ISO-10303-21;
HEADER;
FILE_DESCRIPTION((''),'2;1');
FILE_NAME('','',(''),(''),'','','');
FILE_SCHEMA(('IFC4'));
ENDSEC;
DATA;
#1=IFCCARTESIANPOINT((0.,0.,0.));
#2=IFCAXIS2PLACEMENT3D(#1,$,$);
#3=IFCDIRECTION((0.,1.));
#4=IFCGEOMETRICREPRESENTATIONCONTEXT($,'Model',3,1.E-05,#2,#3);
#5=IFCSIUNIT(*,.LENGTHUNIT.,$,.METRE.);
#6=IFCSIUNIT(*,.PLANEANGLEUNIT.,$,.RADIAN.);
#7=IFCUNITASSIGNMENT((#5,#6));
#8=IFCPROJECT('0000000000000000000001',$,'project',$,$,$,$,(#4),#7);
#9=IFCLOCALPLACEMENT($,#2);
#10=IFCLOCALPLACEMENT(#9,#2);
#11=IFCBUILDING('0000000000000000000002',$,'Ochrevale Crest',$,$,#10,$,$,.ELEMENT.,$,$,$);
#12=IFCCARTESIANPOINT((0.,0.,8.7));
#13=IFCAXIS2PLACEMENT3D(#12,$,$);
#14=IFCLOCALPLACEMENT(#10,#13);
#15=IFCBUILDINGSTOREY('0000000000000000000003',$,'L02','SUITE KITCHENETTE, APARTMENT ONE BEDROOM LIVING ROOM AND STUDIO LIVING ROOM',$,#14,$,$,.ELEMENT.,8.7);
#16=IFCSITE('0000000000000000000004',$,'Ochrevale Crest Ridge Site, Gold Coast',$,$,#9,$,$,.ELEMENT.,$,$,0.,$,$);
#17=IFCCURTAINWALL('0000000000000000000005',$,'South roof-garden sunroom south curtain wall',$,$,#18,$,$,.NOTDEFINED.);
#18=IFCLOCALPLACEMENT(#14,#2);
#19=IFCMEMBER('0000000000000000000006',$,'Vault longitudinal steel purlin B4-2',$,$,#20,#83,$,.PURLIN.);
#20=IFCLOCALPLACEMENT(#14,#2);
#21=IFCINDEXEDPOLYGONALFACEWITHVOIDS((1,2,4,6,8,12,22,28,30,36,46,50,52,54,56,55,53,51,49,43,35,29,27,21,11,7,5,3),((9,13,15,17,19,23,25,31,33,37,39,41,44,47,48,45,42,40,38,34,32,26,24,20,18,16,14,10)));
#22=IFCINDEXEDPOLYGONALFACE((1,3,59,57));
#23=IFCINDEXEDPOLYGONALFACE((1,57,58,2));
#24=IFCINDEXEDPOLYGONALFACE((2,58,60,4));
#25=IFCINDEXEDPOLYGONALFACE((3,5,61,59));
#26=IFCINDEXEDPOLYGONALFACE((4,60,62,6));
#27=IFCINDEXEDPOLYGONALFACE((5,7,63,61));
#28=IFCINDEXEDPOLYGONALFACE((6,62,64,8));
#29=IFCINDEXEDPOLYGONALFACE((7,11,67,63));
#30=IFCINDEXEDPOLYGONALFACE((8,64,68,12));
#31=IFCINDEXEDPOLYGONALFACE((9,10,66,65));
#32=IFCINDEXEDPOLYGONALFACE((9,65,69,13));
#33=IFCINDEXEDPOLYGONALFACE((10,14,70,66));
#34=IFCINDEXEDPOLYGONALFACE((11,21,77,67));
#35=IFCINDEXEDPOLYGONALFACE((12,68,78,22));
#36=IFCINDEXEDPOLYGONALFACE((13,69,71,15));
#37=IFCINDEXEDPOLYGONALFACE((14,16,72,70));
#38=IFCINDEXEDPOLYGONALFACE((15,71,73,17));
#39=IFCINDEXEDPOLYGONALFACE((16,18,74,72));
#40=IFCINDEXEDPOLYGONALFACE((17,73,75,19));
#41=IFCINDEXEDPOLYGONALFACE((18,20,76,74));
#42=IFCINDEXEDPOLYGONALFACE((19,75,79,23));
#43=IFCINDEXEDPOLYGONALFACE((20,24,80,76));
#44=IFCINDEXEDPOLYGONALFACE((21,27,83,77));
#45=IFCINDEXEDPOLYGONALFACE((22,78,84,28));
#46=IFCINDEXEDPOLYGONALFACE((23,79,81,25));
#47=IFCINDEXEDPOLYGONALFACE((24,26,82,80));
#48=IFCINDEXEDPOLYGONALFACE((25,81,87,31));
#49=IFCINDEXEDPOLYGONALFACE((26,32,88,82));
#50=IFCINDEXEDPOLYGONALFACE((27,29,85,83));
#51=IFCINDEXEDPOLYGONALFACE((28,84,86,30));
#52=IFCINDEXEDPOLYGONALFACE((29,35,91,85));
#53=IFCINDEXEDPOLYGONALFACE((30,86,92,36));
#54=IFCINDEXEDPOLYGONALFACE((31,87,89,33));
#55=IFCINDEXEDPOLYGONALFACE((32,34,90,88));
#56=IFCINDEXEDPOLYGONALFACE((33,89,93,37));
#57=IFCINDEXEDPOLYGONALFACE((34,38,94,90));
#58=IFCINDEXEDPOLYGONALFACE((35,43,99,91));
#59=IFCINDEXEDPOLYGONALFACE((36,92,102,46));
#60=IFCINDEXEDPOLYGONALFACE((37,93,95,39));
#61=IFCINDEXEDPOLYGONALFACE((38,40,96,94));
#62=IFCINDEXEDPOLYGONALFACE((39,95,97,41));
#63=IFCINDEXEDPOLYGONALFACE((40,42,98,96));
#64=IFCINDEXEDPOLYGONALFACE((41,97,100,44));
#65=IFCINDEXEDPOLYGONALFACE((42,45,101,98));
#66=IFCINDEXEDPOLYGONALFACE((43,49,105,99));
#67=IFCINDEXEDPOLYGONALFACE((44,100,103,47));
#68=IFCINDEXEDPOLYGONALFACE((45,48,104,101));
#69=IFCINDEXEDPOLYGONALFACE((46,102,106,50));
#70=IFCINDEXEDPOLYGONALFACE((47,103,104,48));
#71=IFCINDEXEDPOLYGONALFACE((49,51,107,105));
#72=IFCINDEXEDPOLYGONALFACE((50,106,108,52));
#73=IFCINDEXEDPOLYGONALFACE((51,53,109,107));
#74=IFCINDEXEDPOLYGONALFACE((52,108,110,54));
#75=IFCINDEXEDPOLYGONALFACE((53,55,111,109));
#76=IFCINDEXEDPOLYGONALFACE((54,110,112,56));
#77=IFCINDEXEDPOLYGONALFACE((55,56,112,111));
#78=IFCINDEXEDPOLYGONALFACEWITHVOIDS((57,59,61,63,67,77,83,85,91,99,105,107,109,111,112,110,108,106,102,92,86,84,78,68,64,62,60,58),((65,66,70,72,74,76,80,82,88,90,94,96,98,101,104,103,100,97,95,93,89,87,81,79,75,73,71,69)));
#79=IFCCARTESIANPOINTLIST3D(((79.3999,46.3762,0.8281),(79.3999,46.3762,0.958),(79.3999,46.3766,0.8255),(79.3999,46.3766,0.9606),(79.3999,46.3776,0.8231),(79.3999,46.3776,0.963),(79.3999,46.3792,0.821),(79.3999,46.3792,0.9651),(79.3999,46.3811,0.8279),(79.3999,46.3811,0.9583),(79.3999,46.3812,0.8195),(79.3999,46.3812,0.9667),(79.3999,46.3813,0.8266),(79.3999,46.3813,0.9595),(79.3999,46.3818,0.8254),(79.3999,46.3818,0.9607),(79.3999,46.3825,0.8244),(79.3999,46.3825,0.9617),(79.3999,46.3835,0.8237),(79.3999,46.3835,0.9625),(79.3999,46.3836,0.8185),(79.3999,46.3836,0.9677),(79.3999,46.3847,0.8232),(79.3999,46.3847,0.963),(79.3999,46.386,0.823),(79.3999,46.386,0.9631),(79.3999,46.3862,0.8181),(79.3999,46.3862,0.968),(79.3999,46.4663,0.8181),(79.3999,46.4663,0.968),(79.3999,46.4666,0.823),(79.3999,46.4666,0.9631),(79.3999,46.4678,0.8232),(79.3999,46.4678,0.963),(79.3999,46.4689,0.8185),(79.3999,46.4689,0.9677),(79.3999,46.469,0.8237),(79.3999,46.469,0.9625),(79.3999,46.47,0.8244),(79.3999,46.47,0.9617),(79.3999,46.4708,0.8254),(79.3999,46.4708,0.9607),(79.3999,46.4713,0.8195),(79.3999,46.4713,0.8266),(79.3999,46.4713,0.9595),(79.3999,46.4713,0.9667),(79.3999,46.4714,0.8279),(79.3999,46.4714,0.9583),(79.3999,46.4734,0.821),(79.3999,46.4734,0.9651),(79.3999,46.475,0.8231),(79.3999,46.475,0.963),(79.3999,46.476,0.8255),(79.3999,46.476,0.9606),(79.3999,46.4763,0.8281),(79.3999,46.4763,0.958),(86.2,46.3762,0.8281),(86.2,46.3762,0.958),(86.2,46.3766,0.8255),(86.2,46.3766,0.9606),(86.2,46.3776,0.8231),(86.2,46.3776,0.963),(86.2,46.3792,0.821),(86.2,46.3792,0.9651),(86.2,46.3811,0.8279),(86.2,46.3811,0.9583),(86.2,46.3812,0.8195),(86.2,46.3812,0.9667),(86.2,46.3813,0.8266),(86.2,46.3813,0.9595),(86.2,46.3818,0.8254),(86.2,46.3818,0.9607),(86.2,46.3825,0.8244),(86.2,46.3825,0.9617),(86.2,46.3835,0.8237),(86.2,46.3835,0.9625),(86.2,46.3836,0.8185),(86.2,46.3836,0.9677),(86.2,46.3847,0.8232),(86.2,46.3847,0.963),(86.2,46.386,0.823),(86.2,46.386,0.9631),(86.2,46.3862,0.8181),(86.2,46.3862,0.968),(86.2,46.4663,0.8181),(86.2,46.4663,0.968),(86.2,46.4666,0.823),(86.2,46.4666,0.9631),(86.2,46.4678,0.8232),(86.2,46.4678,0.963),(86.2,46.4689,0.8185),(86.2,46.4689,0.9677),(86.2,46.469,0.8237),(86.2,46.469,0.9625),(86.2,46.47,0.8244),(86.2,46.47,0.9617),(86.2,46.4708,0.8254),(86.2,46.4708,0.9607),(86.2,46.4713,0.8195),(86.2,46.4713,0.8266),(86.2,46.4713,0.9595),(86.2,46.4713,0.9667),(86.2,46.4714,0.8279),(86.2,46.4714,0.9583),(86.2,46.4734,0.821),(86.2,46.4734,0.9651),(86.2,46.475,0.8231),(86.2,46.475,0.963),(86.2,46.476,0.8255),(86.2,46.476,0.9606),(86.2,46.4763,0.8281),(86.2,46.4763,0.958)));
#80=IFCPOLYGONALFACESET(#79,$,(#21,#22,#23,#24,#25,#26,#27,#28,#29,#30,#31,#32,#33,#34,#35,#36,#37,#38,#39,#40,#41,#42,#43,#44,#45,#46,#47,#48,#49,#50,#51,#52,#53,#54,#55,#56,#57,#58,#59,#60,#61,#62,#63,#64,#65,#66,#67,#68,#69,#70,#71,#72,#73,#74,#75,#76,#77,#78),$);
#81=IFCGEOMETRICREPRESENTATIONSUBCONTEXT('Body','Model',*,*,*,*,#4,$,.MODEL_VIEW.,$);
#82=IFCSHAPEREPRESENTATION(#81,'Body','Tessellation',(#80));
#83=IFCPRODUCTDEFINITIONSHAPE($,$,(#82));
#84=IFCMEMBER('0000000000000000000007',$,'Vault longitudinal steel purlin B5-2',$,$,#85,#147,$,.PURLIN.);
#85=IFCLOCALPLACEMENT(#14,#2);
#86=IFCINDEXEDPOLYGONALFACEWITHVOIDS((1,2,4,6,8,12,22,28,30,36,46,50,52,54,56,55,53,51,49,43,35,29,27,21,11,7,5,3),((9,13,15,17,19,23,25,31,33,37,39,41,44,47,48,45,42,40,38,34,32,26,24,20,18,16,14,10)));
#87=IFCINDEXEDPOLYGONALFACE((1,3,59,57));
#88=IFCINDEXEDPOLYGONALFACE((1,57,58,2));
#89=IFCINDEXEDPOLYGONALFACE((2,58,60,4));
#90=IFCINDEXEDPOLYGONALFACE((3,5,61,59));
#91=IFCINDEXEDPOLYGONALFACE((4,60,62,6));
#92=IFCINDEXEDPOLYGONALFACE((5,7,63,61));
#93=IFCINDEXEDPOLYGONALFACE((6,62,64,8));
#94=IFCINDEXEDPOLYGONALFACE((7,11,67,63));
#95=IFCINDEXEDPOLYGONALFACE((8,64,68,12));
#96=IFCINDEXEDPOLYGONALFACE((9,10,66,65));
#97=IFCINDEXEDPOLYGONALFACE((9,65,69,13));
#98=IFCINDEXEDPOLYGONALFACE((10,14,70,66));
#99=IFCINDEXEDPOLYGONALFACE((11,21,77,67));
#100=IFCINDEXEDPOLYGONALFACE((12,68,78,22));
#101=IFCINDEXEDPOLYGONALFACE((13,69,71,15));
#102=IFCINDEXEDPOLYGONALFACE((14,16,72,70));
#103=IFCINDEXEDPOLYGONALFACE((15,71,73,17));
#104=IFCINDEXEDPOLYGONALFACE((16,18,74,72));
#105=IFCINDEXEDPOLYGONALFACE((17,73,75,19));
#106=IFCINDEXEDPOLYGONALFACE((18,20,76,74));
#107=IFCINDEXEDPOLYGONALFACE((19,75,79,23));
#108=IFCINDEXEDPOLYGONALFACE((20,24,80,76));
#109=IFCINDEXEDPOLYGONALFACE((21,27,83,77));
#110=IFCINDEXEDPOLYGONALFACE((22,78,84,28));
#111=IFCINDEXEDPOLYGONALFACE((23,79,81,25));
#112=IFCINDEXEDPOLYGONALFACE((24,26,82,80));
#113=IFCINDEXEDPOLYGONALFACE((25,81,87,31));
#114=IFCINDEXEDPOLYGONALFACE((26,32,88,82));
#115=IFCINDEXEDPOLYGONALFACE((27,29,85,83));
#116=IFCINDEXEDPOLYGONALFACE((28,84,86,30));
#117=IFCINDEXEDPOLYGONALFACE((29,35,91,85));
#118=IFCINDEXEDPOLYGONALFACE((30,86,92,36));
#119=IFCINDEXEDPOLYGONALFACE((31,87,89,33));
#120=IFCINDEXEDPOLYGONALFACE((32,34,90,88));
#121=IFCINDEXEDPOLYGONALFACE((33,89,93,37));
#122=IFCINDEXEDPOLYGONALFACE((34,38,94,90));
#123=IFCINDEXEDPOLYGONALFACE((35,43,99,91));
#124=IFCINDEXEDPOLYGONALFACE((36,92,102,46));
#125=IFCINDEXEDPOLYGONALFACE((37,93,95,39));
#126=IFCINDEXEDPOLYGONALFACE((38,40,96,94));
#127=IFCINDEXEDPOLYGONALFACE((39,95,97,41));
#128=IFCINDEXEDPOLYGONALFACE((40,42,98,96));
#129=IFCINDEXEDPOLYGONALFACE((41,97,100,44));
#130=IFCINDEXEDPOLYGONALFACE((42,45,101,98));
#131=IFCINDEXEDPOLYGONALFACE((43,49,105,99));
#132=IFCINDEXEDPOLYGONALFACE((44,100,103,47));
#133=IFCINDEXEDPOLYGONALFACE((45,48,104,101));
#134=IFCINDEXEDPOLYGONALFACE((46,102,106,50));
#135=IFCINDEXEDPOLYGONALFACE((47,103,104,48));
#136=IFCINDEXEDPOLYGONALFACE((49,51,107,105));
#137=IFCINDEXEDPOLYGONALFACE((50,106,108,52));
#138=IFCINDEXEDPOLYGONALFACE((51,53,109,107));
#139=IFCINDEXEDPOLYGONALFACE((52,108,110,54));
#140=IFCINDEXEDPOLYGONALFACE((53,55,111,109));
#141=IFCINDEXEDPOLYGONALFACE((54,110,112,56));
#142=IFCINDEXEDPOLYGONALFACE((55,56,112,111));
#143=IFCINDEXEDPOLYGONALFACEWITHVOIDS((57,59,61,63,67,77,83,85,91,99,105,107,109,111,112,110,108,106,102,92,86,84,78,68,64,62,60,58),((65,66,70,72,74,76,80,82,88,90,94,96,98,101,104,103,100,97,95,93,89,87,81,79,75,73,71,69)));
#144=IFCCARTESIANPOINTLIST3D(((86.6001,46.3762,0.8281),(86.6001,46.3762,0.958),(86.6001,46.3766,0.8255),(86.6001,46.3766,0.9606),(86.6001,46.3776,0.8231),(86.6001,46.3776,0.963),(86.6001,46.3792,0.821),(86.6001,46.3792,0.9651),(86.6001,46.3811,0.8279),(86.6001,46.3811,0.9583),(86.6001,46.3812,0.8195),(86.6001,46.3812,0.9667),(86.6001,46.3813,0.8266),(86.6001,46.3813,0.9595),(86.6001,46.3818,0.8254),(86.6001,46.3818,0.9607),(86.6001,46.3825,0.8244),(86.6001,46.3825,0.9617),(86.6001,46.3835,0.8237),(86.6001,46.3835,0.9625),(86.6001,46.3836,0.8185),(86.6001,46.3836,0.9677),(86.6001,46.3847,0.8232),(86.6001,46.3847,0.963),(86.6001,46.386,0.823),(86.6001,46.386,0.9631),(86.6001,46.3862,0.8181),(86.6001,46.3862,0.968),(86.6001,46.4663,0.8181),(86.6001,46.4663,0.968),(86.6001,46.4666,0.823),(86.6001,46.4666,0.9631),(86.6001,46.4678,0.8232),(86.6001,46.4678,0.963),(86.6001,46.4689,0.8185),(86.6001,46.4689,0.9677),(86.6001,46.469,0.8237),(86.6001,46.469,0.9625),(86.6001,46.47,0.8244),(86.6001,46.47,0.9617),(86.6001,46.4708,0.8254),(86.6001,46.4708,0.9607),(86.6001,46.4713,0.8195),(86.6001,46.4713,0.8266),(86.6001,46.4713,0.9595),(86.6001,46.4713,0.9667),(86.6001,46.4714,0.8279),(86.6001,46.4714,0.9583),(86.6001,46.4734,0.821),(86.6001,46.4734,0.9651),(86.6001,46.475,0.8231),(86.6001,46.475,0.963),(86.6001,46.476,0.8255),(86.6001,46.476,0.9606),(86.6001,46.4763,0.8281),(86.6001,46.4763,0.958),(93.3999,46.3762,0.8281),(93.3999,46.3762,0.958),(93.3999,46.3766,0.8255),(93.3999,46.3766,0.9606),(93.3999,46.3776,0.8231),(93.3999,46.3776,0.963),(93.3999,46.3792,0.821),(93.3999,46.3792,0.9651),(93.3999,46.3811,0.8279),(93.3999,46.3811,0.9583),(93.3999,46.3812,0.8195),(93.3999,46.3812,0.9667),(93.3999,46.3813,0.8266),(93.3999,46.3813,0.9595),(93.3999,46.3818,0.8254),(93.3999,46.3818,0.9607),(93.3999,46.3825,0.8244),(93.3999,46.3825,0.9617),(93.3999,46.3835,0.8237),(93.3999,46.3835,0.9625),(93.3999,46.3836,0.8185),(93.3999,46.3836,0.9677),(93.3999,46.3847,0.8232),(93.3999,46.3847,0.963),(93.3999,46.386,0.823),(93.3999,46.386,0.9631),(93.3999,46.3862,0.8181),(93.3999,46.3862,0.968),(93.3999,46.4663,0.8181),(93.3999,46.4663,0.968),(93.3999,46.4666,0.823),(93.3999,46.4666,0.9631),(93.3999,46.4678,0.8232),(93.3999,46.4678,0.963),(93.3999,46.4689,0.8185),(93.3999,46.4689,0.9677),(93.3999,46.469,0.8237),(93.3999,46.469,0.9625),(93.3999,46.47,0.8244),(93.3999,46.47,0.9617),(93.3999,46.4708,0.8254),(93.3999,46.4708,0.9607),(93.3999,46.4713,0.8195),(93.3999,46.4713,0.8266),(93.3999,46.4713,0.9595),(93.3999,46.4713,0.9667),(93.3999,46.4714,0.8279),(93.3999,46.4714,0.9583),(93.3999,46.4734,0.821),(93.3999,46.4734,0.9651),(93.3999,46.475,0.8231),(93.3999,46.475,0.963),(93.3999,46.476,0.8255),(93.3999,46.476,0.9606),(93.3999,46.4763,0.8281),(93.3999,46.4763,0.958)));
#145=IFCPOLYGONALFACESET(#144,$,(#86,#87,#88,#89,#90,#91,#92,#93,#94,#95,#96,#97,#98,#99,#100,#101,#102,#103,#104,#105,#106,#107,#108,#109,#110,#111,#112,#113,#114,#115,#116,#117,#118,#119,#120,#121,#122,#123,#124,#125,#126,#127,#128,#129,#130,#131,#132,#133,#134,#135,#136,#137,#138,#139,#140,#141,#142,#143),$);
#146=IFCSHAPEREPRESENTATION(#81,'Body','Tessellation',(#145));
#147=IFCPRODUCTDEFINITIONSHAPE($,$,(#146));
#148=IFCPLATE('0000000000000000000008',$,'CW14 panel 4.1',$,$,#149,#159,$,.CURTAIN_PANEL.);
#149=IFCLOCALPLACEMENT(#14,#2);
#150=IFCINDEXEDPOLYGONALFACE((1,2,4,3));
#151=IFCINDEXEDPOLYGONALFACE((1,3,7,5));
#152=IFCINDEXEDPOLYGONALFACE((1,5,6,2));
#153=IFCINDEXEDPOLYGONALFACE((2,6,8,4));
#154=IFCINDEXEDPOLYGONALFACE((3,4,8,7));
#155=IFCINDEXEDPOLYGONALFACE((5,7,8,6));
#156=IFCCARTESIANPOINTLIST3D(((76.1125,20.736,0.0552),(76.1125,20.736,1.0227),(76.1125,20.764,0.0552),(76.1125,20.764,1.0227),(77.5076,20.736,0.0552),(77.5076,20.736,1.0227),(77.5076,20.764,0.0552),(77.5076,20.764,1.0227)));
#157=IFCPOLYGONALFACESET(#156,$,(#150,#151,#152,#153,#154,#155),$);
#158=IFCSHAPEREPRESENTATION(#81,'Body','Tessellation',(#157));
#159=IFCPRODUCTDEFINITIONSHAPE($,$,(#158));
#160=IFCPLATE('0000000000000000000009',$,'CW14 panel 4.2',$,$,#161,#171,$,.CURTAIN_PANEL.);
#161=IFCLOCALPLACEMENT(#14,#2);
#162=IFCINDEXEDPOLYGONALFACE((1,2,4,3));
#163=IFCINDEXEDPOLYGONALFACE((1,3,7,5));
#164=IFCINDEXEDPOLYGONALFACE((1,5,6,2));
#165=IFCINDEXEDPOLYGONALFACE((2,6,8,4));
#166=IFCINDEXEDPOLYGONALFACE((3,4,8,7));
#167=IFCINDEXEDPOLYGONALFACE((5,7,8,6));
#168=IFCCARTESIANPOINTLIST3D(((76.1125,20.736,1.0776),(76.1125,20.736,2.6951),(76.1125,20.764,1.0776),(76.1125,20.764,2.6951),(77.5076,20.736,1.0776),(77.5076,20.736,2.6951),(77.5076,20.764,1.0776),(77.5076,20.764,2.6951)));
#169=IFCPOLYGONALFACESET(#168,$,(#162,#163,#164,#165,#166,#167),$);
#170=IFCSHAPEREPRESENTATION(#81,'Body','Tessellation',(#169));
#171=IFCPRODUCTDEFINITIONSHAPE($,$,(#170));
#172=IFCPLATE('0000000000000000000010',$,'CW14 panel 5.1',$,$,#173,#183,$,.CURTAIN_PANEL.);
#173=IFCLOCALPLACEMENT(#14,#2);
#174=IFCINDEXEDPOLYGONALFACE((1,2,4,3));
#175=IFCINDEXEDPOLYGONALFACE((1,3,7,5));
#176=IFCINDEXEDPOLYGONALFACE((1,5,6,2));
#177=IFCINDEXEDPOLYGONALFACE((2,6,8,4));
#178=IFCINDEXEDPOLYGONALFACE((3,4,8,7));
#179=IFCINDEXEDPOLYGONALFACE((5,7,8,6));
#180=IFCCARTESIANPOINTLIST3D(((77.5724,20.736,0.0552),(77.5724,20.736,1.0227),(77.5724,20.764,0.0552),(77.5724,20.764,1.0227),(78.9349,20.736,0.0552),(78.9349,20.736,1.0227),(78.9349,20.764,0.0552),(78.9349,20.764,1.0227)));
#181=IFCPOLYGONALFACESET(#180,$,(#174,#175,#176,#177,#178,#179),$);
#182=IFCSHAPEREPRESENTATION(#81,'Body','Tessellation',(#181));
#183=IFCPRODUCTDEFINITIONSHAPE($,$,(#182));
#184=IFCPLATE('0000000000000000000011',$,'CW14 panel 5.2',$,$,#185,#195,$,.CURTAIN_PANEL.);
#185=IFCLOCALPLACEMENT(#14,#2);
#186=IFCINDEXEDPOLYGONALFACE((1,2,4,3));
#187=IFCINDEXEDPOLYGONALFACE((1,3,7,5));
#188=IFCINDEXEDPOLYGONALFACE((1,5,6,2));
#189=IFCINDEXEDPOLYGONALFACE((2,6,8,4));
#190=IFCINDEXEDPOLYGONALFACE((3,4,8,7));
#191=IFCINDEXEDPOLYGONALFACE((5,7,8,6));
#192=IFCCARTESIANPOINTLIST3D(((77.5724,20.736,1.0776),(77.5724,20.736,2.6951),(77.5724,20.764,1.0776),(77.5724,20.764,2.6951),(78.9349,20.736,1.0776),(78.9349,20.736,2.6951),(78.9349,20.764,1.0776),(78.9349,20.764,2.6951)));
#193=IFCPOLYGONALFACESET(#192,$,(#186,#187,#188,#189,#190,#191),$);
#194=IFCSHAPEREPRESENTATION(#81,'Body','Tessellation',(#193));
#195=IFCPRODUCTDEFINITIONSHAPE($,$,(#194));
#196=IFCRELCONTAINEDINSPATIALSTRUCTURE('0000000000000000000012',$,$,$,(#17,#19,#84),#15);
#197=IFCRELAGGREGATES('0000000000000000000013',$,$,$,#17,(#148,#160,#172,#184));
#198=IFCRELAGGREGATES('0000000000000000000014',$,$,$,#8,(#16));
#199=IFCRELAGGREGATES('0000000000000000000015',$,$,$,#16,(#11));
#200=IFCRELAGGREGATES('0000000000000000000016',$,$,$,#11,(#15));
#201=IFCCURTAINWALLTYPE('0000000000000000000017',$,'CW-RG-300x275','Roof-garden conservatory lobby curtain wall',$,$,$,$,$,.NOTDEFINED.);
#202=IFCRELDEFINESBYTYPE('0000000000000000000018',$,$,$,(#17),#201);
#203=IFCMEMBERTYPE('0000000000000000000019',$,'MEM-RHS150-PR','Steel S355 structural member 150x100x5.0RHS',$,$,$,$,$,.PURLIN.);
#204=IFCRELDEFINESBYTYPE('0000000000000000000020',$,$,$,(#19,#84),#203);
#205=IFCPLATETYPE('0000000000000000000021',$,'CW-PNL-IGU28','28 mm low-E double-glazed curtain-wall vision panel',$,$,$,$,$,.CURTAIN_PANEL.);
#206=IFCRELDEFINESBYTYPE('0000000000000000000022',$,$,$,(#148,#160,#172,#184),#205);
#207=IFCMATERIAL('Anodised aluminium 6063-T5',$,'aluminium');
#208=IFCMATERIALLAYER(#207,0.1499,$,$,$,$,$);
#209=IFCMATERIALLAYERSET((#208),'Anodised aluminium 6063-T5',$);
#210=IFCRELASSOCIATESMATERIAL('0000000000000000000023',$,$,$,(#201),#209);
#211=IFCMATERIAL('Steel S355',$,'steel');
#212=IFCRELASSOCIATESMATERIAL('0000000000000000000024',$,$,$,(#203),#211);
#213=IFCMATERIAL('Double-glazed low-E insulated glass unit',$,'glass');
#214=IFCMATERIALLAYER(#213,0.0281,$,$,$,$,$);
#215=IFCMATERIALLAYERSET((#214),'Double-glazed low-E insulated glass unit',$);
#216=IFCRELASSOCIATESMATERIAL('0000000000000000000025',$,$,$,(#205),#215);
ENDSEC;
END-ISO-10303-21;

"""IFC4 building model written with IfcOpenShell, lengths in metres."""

from ifc_helpers import new_model, si_unit, direction, frame, origin, origin_2d, place, context, subcontext, project, spatial, rectangle, hollow_rectangle, extrude, material, layer, layer_set, material_profile, profile_set, type_object, element, aggregate, save


model = new_model("IFC4")

# Units and contexts
model_context = context("Model", 3, precision=1e-05, world=origin(), true_north=direction((0.0, 1.0)))
body_context = subcontext(model_context, "Body", "Model", "MODEL_VIEW")
ifc_project = project(units=[si_unit("LENGTHUNIT", "METRE"), si_unit("PLANEANGLEUNIT", "RADIAN")], contexts=[model_context])

# Site, building, storey
site_placement = place(None, origin())
site = spatial("IfcSite", under=ifc_project, at=site_placement, Name="Ochrevale Crest Ridge Site, Gold Coast", CompositionType="ELEMENT", RefElevation=0.0)
building_placement = place(site_placement, origin())
building = spatial("IfcBuilding", under=site, at=building_placement, Name="Ochrevale Crest", CompositionType="ELEMENT")
storey_placement = place(building_placement, frame((0.0, 0.0, 8.7)))
storey = spatial("IfcBuildingStorey", under=building, at=storey_placement, Name="L02", Description="SUITE KITCHENETTE, APARTMENT ONE BEDROOM LIVING ROOM AND STUDIO LIVING ROOM", CompositionType="ELEMENT", Elevation=8.7)

# Shared definitions
ifc_material_1 = material(Name="Steel S355", Category="steel")

# Curtain wall
ifc_material_2 = material(Name="Anodised aluminium 6063-T5", Category="aluminium")
ifc_layer_1 = layer(ifc_material_2, 0.1499)
ifc_layer_set_1 = layer_set([ifc_layer_1], Name="Anodised aluminium 6063-T5")
curtain_wall_type = type_object("IfcCurtainWallType", Name="CW-RG-300x275", Description="Roof-garden conservatory lobby curtain wall", PredefinedType="NOTDEFINED", material=ifc_layer_set_1)
curtain_wall_placement = place(storey_placement, origin())
curtain_wall = element("IfcCurtainWall", 1, at=curtain_wall_placement, inside=storey, type_object=curtain_wall_type, Name="South roof-garden sunroom south curtain wall", PredefinedType="NOTDEFINED")

# Members
ifc_material_profile_1 = material_profile(ifc_material_1, hollow_rectangle(XDim=0.1001, YDim=0.1499, WallThickness=0.0049, InnerFilletRadius=0.0049, OuterFilletRadius=0.01, at=origin_2d()), Name="150x100x5.0RHS")
ifc_profile_set_1 = profile_set([ifc_material_profile_1], Name="Steel S355")
member_type_1 = type_object("IfcMemberType", Name="MEM-RHS150-PR", Description="Steel S355 structural member 150x100x5.0RHS", PredefinedType="PURLIN", material=ifc_profile_set_1)
member_1_placement = place(storey_placement, frame((79.3999, 46.4263, 0.8931), z_axis=(1.0, 0.0, 0.0), x_axis=(0.0, 1.0, 0.0)))
element("IfcMember", 2, at=member_1_placement, inside=storey, type_object=member_type_1, Name="Vault longitudinal steel purlin B4-2", PredefinedType="PURLIN", context=body_context, shape_type="SweptSolid", body=[
    extrude(hollow_rectangle(XDim=0.1001, YDim=0.1499, WallThickness=0.0049, InnerFilletRadius=0.0049, OuterFilletRadius=0.01, at=origin_2d()), origin(), (0.0, 0.0, 1.0), 6.8),
])
member_2_placement = place(storey_placement, frame((86.6001, 46.4263, 0.8931), z_axis=(1.0, 0.0, 0.0), x_axis=(0.0, 1.0, 0.0)))
element("IfcMember", 3, at=member_2_placement, inside=storey, type_object=member_type_1, Name="Vault longitudinal steel purlin B5-2", PredefinedType="PURLIN", context=body_context, shape_type="SweptSolid", body=[
    extrude(hollow_rectangle(XDim=0.1001, YDim=0.1499, WallThickness=0.0049, InnerFilletRadius=0.0049, OuterFilletRadius=0.01, at=origin_2d()), origin(), (0.0, 0.0, 1.0), 6.7998),
])

# Plates
ifc_material_3 = material(Name="Double-glazed low-E insulated glass unit", Category="glass")
ifc_layer_2 = layer(ifc_material_3, 0.0281)
ifc_layer_set_2 = layer_set([ifc_layer_2], Name="Double-glazed low-E insulated glass unit")
plate_type_1 = type_object("IfcPlateType", Name="CW-PNL-IGU28", Description="28 mm low-E double-glazed curtain-wall vision panel", PredefinedType="CURTAIN_PANEL", material=ifc_layer_set_2)
plate_1_placement = place(storey_placement, frame((76.8101, 20.75, 0.0552), z_axis=(0.0, 0.0, 1.0), x_axis=(1.0, 0.0, 0.0)))
plate_1 = element("IfcPlate", 4, at=plate_1_placement, type_object=plate_type_1, Name="CW14 panel 4.1", PredefinedType="CURTAIN_PANEL", context=body_context, shape_type="SweptSolid", body=[
    extrude(rectangle(XDim=1.395, YDim=0.0281, at=origin_2d()), origin(), (0.0, 0.0, 1.0), 0.9675),
])
plate_2_placement = place(storey_placement, frame((76.8101, 20.75, 1.0776), z_axis=(0.0, 0.0, 1.0), x_axis=(1.0, 0.0, 0.0)))
plate_2 = element("IfcPlate", 5, at=plate_2_placement, type_object=plate_type_1, Name="CW14 panel 4.2", PredefinedType="CURTAIN_PANEL", context=body_context, shape_type="SweptSolid", body=[
    extrude(rectangle(XDim=1.395, YDim=0.0281, at=origin_2d()), origin(), (0.0, 0.0, 1.0), 1.6174),
])
plate_3_placement = place(storey_placement, frame((78.2537, 20.75, 0.0552), z_axis=(0.0, 0.0, 1.0), x_axis=(1.0, 0.0, 0.0)))
plate_3 = element("IfcPlate", 6, at=plate_3_placement, type_object=plate_type_1, Name="CW14 panel 5.1", PredefinedType="CURTAIN_PANEL", context=body_context, shape_type="SweptSolid", body=[
    extrude(rectangle(XDim=1.3625, YDim=0.0281, at=origin_2d()), origin(), (0.0, 0.0, 1.0), 0.9675),
])
plate_4_placement = place(storey_placement, frame((78.2537, 20.75, 1.0776), z_axis=(0.0, 0.0, 1.0), x_axis=(1.0, 0.0, 0.0)))
plate_4 = element("IfcPlate", 7, at=plate_4_placement, type_object=plate_type_1, Name="CW14 panel 5.2", PredefinedType="CURTAIN_PANEL", context=body_context, shape_type="SweptSolid", body=[
    extrude(rectangle(XDim=1.3625, YDim=0.0281, at=origin_2d()), origin(), (0.0, 0.0, 1.0), 1.6174),
])
aggregate(curtain_wall, [plate_1, plate_2, plate_3, plate_4])

save(model, "model.ifc")
